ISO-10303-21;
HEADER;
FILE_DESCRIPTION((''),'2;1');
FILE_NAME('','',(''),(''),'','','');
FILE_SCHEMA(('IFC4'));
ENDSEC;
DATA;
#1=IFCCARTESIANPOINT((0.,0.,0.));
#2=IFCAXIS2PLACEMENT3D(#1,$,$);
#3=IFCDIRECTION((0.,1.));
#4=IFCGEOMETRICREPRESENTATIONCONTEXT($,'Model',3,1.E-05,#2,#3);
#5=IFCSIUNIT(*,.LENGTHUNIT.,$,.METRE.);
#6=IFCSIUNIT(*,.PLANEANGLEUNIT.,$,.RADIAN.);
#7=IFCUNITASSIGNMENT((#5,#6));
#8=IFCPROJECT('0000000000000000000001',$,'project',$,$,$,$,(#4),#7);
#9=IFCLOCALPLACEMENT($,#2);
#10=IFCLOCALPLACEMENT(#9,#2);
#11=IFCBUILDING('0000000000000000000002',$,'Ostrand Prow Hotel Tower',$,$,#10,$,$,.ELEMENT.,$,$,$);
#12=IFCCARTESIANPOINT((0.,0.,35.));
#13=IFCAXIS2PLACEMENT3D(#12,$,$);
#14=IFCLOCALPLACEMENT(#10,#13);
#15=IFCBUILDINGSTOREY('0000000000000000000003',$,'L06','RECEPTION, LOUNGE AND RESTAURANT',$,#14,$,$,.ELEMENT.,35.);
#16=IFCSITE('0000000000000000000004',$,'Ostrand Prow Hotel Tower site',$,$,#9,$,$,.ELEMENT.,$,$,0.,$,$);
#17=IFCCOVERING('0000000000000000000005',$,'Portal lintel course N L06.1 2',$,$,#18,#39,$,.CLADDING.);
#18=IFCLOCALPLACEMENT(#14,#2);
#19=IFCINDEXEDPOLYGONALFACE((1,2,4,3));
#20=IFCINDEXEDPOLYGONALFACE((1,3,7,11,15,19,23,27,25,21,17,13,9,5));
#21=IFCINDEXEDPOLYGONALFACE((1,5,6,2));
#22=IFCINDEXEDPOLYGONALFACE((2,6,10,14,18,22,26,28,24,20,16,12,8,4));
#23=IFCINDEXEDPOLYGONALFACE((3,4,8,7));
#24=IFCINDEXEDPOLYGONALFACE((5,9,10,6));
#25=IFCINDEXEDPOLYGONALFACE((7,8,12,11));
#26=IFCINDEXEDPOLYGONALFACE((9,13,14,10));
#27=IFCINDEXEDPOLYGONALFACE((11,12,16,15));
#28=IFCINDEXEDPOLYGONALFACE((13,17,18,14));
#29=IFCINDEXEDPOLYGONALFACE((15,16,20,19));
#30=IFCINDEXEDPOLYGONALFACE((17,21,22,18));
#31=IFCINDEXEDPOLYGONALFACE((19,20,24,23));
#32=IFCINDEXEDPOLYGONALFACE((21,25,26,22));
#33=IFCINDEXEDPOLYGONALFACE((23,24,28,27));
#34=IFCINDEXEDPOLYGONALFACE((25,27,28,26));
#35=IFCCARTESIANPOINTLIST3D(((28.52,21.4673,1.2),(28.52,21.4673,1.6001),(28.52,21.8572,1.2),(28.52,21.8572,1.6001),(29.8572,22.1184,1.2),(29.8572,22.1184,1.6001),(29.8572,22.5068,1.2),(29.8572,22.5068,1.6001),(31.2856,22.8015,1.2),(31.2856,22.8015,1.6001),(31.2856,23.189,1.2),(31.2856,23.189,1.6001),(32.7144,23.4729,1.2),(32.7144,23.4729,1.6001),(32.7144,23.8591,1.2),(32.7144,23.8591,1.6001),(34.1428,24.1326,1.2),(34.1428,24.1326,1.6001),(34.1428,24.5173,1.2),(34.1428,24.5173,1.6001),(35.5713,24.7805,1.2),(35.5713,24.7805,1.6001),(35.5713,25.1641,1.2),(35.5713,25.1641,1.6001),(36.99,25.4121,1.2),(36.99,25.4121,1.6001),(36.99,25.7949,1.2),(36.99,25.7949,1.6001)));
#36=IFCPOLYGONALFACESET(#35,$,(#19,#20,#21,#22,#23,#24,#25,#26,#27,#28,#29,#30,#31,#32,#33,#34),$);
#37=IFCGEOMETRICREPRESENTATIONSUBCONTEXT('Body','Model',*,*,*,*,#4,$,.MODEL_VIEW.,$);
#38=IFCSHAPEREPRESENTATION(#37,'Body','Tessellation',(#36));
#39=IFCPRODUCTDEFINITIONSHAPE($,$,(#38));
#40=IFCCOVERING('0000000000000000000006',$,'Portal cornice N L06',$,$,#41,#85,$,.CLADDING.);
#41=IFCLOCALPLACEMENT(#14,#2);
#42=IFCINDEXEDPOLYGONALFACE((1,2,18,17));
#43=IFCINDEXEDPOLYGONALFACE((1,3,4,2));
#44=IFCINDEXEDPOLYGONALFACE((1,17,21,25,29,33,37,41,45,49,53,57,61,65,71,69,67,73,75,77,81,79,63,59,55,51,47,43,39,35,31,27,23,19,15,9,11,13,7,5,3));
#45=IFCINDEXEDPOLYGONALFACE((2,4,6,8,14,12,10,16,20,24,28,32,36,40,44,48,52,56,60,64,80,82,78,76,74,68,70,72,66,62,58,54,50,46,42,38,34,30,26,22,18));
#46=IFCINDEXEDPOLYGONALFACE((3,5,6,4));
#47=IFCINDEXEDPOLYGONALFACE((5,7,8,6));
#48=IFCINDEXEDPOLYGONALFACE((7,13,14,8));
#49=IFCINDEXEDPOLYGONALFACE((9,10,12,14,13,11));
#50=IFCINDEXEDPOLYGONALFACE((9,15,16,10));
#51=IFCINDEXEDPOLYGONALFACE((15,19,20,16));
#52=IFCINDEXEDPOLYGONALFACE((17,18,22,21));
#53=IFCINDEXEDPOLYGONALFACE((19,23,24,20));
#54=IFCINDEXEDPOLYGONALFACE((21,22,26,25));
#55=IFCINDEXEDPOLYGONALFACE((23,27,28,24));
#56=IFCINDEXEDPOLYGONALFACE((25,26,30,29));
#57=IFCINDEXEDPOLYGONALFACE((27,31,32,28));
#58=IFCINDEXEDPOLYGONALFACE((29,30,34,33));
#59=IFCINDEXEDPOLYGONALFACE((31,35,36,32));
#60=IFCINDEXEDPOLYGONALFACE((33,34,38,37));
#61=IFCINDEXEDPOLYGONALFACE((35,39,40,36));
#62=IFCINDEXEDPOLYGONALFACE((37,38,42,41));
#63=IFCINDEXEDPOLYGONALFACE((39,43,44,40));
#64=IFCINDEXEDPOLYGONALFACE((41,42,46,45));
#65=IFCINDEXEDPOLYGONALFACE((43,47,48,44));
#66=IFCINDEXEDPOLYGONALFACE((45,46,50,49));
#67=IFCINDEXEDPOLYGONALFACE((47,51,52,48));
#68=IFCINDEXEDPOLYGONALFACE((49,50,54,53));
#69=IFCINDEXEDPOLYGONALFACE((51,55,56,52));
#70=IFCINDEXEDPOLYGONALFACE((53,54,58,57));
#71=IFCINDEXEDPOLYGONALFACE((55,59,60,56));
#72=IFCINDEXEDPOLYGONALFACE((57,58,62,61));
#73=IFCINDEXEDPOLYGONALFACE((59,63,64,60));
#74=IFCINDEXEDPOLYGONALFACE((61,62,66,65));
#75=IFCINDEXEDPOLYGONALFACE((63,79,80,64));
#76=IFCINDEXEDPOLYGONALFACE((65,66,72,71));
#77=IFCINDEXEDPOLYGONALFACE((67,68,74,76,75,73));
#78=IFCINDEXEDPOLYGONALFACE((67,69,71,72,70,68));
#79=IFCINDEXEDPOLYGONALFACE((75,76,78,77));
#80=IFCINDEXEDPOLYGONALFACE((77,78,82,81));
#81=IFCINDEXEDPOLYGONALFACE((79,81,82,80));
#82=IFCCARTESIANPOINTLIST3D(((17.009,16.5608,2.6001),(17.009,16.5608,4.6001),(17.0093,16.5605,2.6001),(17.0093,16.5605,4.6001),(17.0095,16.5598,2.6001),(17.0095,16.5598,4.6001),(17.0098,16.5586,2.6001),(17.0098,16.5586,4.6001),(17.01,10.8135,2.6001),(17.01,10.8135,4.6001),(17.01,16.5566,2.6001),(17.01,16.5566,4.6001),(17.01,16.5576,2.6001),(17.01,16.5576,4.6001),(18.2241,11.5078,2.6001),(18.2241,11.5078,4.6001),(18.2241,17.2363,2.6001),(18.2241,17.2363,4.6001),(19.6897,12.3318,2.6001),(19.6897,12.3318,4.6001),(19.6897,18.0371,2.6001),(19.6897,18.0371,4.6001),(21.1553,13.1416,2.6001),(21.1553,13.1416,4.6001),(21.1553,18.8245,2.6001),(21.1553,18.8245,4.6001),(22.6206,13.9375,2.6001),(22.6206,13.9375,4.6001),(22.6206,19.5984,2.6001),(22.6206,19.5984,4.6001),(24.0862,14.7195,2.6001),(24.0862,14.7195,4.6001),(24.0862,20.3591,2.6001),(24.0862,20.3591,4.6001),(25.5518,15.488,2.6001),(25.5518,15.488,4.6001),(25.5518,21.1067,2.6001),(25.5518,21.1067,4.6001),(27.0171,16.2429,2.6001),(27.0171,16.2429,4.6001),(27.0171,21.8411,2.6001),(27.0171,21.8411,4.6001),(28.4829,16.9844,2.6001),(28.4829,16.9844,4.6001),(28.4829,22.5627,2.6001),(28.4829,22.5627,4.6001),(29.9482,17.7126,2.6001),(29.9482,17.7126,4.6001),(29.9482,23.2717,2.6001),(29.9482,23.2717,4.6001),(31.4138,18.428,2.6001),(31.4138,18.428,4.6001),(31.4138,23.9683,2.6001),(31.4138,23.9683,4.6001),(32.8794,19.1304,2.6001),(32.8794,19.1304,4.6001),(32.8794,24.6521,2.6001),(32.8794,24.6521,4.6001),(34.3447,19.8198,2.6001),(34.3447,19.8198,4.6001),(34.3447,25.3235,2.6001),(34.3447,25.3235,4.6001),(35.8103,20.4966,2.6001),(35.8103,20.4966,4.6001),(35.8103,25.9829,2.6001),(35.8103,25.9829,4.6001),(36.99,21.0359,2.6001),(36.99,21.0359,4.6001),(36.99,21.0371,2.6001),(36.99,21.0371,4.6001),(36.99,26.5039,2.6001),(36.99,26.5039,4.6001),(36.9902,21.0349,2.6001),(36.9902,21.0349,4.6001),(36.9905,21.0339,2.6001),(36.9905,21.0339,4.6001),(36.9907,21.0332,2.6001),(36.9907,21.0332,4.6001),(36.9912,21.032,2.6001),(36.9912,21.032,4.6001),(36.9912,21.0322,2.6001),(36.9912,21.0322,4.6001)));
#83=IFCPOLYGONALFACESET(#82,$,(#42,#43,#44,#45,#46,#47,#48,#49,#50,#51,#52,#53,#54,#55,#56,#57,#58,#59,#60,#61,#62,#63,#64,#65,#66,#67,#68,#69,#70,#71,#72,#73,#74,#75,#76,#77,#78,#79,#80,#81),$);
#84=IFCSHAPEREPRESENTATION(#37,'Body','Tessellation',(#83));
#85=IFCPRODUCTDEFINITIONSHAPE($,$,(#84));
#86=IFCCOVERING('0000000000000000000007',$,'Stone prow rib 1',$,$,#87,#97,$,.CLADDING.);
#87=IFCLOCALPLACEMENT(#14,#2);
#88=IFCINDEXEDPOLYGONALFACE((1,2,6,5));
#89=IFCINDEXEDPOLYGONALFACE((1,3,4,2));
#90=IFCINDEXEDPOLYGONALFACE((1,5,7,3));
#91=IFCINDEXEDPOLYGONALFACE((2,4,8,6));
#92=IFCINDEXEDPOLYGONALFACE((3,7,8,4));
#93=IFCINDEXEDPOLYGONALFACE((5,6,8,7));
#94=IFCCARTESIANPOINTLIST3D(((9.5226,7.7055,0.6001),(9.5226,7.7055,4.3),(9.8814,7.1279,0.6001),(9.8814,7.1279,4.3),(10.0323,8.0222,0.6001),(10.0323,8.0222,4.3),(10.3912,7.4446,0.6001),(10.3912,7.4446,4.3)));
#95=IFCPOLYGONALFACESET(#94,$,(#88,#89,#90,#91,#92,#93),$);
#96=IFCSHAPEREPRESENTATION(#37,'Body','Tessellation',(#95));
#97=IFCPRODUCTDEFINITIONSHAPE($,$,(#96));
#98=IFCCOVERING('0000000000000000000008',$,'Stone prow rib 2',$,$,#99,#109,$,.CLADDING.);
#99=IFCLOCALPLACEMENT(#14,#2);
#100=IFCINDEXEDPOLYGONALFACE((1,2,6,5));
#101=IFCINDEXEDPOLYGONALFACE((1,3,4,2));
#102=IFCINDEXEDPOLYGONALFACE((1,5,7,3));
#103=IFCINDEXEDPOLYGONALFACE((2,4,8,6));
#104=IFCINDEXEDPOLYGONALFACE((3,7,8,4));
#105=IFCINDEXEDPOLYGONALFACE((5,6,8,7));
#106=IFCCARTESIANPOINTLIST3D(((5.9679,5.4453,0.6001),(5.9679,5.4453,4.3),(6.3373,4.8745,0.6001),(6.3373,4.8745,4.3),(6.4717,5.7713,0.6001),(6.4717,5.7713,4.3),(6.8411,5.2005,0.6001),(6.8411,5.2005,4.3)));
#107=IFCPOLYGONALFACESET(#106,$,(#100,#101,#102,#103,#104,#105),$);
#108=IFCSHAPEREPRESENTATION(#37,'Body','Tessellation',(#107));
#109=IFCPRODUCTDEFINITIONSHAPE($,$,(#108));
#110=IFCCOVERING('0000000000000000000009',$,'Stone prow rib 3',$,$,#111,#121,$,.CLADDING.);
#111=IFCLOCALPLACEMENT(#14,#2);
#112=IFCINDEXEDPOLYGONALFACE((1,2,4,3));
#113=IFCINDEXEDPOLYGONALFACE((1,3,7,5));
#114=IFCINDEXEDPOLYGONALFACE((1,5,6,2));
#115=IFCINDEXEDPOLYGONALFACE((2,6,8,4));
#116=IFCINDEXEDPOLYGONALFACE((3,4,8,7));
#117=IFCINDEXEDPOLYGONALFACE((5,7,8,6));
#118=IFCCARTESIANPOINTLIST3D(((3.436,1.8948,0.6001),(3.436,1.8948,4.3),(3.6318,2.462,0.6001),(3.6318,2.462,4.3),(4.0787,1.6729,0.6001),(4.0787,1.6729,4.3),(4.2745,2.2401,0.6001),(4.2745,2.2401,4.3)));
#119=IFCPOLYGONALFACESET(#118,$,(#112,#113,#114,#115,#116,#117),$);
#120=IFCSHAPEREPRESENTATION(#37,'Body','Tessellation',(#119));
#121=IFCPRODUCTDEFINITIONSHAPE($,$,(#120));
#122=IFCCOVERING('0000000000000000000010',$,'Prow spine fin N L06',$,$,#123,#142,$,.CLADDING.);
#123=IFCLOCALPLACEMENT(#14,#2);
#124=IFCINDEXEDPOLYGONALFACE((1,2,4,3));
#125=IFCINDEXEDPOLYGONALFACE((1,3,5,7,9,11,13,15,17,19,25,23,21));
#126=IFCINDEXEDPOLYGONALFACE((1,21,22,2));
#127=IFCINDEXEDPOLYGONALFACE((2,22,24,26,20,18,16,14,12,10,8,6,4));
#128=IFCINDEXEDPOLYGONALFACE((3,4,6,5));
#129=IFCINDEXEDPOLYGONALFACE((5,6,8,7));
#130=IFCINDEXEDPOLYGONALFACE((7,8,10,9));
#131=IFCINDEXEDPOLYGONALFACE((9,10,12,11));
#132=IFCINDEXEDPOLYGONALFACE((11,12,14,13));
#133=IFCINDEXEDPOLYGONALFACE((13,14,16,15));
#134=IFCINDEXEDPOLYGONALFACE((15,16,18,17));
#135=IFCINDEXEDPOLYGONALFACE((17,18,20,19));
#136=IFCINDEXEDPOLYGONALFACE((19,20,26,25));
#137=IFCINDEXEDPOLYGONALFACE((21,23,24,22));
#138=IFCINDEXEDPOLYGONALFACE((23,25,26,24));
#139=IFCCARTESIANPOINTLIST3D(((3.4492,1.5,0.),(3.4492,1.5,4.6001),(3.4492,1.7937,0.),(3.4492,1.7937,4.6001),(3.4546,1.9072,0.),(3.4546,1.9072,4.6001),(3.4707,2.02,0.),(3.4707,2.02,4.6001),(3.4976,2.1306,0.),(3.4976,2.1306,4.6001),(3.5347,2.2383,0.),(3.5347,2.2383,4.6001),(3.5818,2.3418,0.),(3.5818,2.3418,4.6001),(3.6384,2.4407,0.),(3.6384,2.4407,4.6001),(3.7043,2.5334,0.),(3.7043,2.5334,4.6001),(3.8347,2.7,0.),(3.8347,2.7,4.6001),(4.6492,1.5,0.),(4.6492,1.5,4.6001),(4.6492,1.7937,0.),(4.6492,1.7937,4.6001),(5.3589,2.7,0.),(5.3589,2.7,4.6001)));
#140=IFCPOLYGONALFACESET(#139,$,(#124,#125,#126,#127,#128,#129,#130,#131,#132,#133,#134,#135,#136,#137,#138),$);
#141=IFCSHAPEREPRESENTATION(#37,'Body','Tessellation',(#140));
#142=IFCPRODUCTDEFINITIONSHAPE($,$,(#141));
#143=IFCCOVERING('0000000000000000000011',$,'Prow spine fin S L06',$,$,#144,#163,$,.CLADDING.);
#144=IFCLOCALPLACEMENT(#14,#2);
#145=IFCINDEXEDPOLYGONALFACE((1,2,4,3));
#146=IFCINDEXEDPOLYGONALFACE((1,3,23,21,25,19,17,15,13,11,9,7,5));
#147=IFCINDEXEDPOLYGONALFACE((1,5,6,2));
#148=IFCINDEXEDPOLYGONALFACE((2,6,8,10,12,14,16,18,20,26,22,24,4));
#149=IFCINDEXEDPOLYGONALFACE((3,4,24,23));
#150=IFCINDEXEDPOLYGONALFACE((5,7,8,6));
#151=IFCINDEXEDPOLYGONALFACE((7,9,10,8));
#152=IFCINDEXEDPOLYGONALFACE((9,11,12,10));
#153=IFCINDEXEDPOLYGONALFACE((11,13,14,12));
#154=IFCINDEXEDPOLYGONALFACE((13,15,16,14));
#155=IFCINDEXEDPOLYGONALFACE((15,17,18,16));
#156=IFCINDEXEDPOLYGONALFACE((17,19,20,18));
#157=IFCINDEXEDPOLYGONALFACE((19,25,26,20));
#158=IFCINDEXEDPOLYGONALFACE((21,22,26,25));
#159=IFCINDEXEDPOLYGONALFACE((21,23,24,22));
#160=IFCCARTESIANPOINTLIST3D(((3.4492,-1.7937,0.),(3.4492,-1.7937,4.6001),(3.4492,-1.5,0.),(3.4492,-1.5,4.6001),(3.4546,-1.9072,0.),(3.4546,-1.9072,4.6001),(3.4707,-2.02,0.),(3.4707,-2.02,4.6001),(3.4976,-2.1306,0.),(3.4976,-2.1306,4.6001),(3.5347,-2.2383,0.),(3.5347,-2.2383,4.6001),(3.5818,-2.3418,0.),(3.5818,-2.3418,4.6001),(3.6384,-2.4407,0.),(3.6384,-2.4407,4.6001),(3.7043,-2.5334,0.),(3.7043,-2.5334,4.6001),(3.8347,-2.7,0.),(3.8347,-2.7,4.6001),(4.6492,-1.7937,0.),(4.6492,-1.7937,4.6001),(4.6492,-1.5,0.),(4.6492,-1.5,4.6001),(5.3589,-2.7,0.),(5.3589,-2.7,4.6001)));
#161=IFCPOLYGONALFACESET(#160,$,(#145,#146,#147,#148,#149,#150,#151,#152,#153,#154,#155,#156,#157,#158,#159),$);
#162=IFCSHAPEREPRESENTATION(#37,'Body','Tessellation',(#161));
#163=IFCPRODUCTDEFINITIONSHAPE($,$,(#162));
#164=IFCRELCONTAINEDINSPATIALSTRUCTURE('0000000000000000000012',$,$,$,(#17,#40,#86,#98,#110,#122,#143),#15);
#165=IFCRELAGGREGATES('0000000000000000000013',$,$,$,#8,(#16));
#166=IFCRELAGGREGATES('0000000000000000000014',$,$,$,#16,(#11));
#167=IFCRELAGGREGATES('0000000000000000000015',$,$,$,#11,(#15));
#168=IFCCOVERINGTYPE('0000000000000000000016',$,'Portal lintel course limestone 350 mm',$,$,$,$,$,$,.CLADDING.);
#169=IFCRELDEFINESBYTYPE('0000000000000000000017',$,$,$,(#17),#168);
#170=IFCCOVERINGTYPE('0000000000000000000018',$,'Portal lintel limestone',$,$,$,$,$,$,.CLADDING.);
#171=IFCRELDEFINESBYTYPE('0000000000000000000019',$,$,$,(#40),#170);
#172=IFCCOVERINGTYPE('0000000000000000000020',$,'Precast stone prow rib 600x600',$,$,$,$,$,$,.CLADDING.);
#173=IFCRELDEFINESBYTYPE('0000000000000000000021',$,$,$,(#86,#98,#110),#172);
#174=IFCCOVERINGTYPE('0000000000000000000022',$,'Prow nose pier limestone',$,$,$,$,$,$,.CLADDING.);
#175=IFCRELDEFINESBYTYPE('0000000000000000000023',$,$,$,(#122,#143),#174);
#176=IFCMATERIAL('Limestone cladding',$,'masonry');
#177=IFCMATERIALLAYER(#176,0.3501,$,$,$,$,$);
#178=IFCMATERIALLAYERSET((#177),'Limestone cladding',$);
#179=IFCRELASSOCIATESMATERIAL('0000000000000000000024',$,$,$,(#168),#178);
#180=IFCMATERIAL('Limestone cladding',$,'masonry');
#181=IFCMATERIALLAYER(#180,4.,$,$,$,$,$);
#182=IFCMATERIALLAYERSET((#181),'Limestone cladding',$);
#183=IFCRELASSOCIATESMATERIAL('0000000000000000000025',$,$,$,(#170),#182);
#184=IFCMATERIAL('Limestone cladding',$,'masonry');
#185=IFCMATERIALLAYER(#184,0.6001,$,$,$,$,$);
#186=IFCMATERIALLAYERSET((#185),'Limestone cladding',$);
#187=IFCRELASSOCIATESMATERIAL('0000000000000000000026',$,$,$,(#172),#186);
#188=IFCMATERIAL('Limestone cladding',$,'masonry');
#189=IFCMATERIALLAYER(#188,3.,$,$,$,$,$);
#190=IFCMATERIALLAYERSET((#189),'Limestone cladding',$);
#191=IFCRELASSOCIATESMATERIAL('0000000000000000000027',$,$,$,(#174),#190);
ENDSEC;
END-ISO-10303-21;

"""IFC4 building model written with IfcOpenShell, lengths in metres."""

from ifc_helpers import new_model, si_unit, direction, frame, frame_2d, origin, place, context, subcontext, project, spatial, polyline, rectangle, outline, extrude, material, layer, layer_set, type_object, element, save


model = new_model("IFC4")

# Units and contexts
model_context = context("Model", 3, precision=1e-05, world=origin(), true_north=direction((0.0, 1.0)))
body_context = subcontext(model_context, "Body", "Model", "MODEL_VIEW")
ifc_project = project(units=[si_unit("LENGTHUNIT", "METRE"), si_unit("PLANEANGLEUNIT", "RADIAN")], contexts=[model_context])

# Site, building, storey
site_placement = place(None, origin())
site = spatial("IfcSite", under=ifc_project, at=site_placement, Name="Ostrand Prow Hotel Tower site", CompositionType="ELEMENT", RefElevation=0.0)
building_placement = place(site_placement, origin())
building = spatial("IfcBuilding", under=site, at=building_placement, Name="Ostrand Prow Hotel Tower", CompositionType="ELEMENT")
storey_placement = place(building_placement, frame((0.0, 0.0, 35.0)))
storey = spatial("IfcBuildingStorey", under=building, at=storey_placement, Name="L06", Description="RECEPTION, LOUNGE AND RESTAURANT", CompositionType="ELEMENT", Elevation=35.0)

# Coverings
ifc_material_1 = material(Name="Limestone cladding", Category="masonry")
ifc_layer_1 = layer(ifc_material_1, 0.3501)
ifc_layer_set_1 = layer_set([ifc_layer_1], Name="Limestone cladding")
covering_type_1 = type_object("IfcCoveringType", Name="Portal lintel course limestone 350 mm", PredefinedType="CLADDING", material=ifc_layer_set_1)
covering_1_placement = place(storey_placement, frame((0.0, 0.0, 1.2)))
element("IfcCovering", 1, at=covering_1_placement, inside=storey, type_object=covering_type_1, Name="Portal lintel course N L06.1 2", PredefinedType="CLADDING", context=body_context, shape_type="SweptSolid", body=[
    extrude(outline(polyline([(29.8572, 22.5068), (28.52, 21.8572), (28.52, 21.4673), (29.8572, 22.1184), (31.2856, 22.8015), (32.7144, 23.4729), (34.1428, 24.1326), (35.5713, 24.7805), (36.99, 25.4121), (36.99, 25.7949), (35.5713, 25.1641), (34.1428, 24.5173), (32.7144, 23.8591), (31.2856, 23.189), (29.8572, 22.5068)])), origin(), (0.0, 0.0, 1.0), 0.4001),
])
ifc_material_2 = material(Name="Limestone cladding", Category="masonry")
ifc_layer_2 = layer(ifc_material_2, 4.0)
ifc_layer_set_2 = layer_set([ifc_layer_2], Name="Limestone cladding")
covering_type_2 = type_object("IfcCoveringType", Name="Portal lintel limestone", PredefinedType="CLADDING", material=ifc_layer_set_2)
covering_2_placement = place(storey_placement, frame((0.0, 0.0, 2.6001)))
element("IfcCovering", 2, at=covering_2_placement, inside=storey, type_object=covering_type_2, Name="Portal cornice N L06", PredefinedType="CLADDING", context=body_context, shape_type="SweptSolid", body=[
    extrude(outline(polyline([(18.2241, 17.2363), (17.009, 16.5608), (17.0093, 16.5605), (17.0095, 16.5598), (17.0098, 16.5586), (17.01, 16.5576), (17.01, 16.5566), (17.01, 10.8135), (18.2241, 11.5078), (19.6897, 12.3318), (21.1553, 13.1416), (22.6206, 13.9375), (24.0862, 14.7195), (25.5518, 15.488), (27.0171, 16.2429), (28.4829, 16.9844), (29.9482, 17.7126), (31.4138, 18.428), (32.8794, 19.1304), (34.3447, 19.8198), (35.8103, 20.4966), (36.9912, 21.032), (36.9912, 21.0322), (36.9907, 21.0332), (36.9905, 21.0339), (36.9902, 21.0349), (36.99, 21.0359), (36.99, 21.0371), (36.99, 26.5039), (35.8103, 25.9829), (34.3447, 25.3235), (32.8794, 24.6521), (31.4138, 23.9683), (29.9482, 23.2717), (28.4829, 22.5627), (27.0171, 21.8411), (25.5518, 21.1067), (24.0862, 20.3591), (22.6206, 19.5984), (21.1553, 18.8245), (19.6897, 18.0371), (18.2241, 17.2363)])), origin(), (0.0, 0.0, 1.0), 2.0),
])
ifc_material_3 = material(Name="Limestone cladding", Category="masonry")
ifc_layer_3 = layer(ifc_material_3, 0.6001)
ifc_layer_set_3 = layer_set([ifc_layer_3], Name="Limestone cladding")
covering_type_3 = type_object("IfcCoveringType", Name="Precast stone prow rib 600x600", PredefinedType="CLADDING", material=ifc_layer_set_3)
for number, where, z_axis, x_axis, name in (
    (3, (10.1362, 7.2864, 0.6001), (0.0, 0.0, 1.0), (-0.527738, 0.849407, 0.0), "Stone prow rib 1"),
    (4, (6.5891, 5.0376, 0.6001), (0.0, 0.0, 1.0), (-0.543296, 0.839541, 0.0), "Stone prow rib 2"),
    (5, (4.1765, 1.9565, 0.6001), (0.0, 0.0, 1.0), (-0.945255, 0.326334, 0.0), "Stone prow rib 3"),
):
    element("IfcCovering", number, at=place(storey_placement, frame(where, z_axis=z_axis, x_axis=x_axis)), inside=storey, type_object=covering_type_3, Name=name, PredefinedType="CLADDING", context=body_context, shape_type="SweptSolid", body=[
        extrude(rectangle(XDim=0.6799, YDim=0.6001, at=frame_2d((0.3398, 0.0))), origin(), (0.0, 0.0, 1.0), 3.7),
    ])
ifc_material_4 = material(Name="Limestone cladding", Category="masonry")
ifc_layer_4 = layer(ifc_material_4, 3.0)
ifc_layer_set_4 = layer_set([ifc_layer_4], Name="Limestone cladding")
covering_type_4 = type_object("IfcCoveringType", Name="Prow nose pier limestone", PredefinedType="CLADDING", material=ifc_layer_set_4)
covering_3_placement = place(storey_placement, origin())
element("IfcCovering", 6, at=covering_3_placement, inside=storey, type_object=covering_type_4, Name="Prow spine fin N L06", PredefinedType="CLADDING", context=body_context, shape_type="SweptSolid", body=[
    extrude(outline(polyline([(3.4492, 1.7937), (3.4492, 1.5), (4.6492, 1.5), (4.6492, 1.7937), (5.3589, 2.7), (3.8347, 2.7), (3.7043, 2.5334), (3.6384, 2.4407), (3.5818, 2.3418), (3.5347, 2.2383), (3.4976, 2.1306), (3.4707, 2.02), (3.4546, 1.9072), (3.4492, 1.7937)])), origin(), (0.0, 0.0, 1.0), 4.6001),
])
covering_4_placement = place(storey_placement, origin())
element("IfcCovering", 7, at=covering_4_placement, inside=storey, type_object=covering_type_4, Name="Prow spine fin S L06", PredefinedType="CLADDING", context=body_context, shape_type="SweptSolid", body=[
    extrude(outline(polyline([(3.7043, -2.5334), (3.8347, -2.7), (5.3589, -2.7), (4.6492, -1.7937), (4.6492, -1.5), (3.4492, -1.5), (3.4492, -1.7937), (3.4546, -1.9072), (3.4707, -2.02), (3.4976, -2.1306), (3.5347, -2.2383), (3.5818, -2.3418), (3.6384, -2.4407), (3.7043, -2.5334)])), origin(), (0.0, 0.0, 1.0), 4.6001),
])

save(model, "model.ifc")
